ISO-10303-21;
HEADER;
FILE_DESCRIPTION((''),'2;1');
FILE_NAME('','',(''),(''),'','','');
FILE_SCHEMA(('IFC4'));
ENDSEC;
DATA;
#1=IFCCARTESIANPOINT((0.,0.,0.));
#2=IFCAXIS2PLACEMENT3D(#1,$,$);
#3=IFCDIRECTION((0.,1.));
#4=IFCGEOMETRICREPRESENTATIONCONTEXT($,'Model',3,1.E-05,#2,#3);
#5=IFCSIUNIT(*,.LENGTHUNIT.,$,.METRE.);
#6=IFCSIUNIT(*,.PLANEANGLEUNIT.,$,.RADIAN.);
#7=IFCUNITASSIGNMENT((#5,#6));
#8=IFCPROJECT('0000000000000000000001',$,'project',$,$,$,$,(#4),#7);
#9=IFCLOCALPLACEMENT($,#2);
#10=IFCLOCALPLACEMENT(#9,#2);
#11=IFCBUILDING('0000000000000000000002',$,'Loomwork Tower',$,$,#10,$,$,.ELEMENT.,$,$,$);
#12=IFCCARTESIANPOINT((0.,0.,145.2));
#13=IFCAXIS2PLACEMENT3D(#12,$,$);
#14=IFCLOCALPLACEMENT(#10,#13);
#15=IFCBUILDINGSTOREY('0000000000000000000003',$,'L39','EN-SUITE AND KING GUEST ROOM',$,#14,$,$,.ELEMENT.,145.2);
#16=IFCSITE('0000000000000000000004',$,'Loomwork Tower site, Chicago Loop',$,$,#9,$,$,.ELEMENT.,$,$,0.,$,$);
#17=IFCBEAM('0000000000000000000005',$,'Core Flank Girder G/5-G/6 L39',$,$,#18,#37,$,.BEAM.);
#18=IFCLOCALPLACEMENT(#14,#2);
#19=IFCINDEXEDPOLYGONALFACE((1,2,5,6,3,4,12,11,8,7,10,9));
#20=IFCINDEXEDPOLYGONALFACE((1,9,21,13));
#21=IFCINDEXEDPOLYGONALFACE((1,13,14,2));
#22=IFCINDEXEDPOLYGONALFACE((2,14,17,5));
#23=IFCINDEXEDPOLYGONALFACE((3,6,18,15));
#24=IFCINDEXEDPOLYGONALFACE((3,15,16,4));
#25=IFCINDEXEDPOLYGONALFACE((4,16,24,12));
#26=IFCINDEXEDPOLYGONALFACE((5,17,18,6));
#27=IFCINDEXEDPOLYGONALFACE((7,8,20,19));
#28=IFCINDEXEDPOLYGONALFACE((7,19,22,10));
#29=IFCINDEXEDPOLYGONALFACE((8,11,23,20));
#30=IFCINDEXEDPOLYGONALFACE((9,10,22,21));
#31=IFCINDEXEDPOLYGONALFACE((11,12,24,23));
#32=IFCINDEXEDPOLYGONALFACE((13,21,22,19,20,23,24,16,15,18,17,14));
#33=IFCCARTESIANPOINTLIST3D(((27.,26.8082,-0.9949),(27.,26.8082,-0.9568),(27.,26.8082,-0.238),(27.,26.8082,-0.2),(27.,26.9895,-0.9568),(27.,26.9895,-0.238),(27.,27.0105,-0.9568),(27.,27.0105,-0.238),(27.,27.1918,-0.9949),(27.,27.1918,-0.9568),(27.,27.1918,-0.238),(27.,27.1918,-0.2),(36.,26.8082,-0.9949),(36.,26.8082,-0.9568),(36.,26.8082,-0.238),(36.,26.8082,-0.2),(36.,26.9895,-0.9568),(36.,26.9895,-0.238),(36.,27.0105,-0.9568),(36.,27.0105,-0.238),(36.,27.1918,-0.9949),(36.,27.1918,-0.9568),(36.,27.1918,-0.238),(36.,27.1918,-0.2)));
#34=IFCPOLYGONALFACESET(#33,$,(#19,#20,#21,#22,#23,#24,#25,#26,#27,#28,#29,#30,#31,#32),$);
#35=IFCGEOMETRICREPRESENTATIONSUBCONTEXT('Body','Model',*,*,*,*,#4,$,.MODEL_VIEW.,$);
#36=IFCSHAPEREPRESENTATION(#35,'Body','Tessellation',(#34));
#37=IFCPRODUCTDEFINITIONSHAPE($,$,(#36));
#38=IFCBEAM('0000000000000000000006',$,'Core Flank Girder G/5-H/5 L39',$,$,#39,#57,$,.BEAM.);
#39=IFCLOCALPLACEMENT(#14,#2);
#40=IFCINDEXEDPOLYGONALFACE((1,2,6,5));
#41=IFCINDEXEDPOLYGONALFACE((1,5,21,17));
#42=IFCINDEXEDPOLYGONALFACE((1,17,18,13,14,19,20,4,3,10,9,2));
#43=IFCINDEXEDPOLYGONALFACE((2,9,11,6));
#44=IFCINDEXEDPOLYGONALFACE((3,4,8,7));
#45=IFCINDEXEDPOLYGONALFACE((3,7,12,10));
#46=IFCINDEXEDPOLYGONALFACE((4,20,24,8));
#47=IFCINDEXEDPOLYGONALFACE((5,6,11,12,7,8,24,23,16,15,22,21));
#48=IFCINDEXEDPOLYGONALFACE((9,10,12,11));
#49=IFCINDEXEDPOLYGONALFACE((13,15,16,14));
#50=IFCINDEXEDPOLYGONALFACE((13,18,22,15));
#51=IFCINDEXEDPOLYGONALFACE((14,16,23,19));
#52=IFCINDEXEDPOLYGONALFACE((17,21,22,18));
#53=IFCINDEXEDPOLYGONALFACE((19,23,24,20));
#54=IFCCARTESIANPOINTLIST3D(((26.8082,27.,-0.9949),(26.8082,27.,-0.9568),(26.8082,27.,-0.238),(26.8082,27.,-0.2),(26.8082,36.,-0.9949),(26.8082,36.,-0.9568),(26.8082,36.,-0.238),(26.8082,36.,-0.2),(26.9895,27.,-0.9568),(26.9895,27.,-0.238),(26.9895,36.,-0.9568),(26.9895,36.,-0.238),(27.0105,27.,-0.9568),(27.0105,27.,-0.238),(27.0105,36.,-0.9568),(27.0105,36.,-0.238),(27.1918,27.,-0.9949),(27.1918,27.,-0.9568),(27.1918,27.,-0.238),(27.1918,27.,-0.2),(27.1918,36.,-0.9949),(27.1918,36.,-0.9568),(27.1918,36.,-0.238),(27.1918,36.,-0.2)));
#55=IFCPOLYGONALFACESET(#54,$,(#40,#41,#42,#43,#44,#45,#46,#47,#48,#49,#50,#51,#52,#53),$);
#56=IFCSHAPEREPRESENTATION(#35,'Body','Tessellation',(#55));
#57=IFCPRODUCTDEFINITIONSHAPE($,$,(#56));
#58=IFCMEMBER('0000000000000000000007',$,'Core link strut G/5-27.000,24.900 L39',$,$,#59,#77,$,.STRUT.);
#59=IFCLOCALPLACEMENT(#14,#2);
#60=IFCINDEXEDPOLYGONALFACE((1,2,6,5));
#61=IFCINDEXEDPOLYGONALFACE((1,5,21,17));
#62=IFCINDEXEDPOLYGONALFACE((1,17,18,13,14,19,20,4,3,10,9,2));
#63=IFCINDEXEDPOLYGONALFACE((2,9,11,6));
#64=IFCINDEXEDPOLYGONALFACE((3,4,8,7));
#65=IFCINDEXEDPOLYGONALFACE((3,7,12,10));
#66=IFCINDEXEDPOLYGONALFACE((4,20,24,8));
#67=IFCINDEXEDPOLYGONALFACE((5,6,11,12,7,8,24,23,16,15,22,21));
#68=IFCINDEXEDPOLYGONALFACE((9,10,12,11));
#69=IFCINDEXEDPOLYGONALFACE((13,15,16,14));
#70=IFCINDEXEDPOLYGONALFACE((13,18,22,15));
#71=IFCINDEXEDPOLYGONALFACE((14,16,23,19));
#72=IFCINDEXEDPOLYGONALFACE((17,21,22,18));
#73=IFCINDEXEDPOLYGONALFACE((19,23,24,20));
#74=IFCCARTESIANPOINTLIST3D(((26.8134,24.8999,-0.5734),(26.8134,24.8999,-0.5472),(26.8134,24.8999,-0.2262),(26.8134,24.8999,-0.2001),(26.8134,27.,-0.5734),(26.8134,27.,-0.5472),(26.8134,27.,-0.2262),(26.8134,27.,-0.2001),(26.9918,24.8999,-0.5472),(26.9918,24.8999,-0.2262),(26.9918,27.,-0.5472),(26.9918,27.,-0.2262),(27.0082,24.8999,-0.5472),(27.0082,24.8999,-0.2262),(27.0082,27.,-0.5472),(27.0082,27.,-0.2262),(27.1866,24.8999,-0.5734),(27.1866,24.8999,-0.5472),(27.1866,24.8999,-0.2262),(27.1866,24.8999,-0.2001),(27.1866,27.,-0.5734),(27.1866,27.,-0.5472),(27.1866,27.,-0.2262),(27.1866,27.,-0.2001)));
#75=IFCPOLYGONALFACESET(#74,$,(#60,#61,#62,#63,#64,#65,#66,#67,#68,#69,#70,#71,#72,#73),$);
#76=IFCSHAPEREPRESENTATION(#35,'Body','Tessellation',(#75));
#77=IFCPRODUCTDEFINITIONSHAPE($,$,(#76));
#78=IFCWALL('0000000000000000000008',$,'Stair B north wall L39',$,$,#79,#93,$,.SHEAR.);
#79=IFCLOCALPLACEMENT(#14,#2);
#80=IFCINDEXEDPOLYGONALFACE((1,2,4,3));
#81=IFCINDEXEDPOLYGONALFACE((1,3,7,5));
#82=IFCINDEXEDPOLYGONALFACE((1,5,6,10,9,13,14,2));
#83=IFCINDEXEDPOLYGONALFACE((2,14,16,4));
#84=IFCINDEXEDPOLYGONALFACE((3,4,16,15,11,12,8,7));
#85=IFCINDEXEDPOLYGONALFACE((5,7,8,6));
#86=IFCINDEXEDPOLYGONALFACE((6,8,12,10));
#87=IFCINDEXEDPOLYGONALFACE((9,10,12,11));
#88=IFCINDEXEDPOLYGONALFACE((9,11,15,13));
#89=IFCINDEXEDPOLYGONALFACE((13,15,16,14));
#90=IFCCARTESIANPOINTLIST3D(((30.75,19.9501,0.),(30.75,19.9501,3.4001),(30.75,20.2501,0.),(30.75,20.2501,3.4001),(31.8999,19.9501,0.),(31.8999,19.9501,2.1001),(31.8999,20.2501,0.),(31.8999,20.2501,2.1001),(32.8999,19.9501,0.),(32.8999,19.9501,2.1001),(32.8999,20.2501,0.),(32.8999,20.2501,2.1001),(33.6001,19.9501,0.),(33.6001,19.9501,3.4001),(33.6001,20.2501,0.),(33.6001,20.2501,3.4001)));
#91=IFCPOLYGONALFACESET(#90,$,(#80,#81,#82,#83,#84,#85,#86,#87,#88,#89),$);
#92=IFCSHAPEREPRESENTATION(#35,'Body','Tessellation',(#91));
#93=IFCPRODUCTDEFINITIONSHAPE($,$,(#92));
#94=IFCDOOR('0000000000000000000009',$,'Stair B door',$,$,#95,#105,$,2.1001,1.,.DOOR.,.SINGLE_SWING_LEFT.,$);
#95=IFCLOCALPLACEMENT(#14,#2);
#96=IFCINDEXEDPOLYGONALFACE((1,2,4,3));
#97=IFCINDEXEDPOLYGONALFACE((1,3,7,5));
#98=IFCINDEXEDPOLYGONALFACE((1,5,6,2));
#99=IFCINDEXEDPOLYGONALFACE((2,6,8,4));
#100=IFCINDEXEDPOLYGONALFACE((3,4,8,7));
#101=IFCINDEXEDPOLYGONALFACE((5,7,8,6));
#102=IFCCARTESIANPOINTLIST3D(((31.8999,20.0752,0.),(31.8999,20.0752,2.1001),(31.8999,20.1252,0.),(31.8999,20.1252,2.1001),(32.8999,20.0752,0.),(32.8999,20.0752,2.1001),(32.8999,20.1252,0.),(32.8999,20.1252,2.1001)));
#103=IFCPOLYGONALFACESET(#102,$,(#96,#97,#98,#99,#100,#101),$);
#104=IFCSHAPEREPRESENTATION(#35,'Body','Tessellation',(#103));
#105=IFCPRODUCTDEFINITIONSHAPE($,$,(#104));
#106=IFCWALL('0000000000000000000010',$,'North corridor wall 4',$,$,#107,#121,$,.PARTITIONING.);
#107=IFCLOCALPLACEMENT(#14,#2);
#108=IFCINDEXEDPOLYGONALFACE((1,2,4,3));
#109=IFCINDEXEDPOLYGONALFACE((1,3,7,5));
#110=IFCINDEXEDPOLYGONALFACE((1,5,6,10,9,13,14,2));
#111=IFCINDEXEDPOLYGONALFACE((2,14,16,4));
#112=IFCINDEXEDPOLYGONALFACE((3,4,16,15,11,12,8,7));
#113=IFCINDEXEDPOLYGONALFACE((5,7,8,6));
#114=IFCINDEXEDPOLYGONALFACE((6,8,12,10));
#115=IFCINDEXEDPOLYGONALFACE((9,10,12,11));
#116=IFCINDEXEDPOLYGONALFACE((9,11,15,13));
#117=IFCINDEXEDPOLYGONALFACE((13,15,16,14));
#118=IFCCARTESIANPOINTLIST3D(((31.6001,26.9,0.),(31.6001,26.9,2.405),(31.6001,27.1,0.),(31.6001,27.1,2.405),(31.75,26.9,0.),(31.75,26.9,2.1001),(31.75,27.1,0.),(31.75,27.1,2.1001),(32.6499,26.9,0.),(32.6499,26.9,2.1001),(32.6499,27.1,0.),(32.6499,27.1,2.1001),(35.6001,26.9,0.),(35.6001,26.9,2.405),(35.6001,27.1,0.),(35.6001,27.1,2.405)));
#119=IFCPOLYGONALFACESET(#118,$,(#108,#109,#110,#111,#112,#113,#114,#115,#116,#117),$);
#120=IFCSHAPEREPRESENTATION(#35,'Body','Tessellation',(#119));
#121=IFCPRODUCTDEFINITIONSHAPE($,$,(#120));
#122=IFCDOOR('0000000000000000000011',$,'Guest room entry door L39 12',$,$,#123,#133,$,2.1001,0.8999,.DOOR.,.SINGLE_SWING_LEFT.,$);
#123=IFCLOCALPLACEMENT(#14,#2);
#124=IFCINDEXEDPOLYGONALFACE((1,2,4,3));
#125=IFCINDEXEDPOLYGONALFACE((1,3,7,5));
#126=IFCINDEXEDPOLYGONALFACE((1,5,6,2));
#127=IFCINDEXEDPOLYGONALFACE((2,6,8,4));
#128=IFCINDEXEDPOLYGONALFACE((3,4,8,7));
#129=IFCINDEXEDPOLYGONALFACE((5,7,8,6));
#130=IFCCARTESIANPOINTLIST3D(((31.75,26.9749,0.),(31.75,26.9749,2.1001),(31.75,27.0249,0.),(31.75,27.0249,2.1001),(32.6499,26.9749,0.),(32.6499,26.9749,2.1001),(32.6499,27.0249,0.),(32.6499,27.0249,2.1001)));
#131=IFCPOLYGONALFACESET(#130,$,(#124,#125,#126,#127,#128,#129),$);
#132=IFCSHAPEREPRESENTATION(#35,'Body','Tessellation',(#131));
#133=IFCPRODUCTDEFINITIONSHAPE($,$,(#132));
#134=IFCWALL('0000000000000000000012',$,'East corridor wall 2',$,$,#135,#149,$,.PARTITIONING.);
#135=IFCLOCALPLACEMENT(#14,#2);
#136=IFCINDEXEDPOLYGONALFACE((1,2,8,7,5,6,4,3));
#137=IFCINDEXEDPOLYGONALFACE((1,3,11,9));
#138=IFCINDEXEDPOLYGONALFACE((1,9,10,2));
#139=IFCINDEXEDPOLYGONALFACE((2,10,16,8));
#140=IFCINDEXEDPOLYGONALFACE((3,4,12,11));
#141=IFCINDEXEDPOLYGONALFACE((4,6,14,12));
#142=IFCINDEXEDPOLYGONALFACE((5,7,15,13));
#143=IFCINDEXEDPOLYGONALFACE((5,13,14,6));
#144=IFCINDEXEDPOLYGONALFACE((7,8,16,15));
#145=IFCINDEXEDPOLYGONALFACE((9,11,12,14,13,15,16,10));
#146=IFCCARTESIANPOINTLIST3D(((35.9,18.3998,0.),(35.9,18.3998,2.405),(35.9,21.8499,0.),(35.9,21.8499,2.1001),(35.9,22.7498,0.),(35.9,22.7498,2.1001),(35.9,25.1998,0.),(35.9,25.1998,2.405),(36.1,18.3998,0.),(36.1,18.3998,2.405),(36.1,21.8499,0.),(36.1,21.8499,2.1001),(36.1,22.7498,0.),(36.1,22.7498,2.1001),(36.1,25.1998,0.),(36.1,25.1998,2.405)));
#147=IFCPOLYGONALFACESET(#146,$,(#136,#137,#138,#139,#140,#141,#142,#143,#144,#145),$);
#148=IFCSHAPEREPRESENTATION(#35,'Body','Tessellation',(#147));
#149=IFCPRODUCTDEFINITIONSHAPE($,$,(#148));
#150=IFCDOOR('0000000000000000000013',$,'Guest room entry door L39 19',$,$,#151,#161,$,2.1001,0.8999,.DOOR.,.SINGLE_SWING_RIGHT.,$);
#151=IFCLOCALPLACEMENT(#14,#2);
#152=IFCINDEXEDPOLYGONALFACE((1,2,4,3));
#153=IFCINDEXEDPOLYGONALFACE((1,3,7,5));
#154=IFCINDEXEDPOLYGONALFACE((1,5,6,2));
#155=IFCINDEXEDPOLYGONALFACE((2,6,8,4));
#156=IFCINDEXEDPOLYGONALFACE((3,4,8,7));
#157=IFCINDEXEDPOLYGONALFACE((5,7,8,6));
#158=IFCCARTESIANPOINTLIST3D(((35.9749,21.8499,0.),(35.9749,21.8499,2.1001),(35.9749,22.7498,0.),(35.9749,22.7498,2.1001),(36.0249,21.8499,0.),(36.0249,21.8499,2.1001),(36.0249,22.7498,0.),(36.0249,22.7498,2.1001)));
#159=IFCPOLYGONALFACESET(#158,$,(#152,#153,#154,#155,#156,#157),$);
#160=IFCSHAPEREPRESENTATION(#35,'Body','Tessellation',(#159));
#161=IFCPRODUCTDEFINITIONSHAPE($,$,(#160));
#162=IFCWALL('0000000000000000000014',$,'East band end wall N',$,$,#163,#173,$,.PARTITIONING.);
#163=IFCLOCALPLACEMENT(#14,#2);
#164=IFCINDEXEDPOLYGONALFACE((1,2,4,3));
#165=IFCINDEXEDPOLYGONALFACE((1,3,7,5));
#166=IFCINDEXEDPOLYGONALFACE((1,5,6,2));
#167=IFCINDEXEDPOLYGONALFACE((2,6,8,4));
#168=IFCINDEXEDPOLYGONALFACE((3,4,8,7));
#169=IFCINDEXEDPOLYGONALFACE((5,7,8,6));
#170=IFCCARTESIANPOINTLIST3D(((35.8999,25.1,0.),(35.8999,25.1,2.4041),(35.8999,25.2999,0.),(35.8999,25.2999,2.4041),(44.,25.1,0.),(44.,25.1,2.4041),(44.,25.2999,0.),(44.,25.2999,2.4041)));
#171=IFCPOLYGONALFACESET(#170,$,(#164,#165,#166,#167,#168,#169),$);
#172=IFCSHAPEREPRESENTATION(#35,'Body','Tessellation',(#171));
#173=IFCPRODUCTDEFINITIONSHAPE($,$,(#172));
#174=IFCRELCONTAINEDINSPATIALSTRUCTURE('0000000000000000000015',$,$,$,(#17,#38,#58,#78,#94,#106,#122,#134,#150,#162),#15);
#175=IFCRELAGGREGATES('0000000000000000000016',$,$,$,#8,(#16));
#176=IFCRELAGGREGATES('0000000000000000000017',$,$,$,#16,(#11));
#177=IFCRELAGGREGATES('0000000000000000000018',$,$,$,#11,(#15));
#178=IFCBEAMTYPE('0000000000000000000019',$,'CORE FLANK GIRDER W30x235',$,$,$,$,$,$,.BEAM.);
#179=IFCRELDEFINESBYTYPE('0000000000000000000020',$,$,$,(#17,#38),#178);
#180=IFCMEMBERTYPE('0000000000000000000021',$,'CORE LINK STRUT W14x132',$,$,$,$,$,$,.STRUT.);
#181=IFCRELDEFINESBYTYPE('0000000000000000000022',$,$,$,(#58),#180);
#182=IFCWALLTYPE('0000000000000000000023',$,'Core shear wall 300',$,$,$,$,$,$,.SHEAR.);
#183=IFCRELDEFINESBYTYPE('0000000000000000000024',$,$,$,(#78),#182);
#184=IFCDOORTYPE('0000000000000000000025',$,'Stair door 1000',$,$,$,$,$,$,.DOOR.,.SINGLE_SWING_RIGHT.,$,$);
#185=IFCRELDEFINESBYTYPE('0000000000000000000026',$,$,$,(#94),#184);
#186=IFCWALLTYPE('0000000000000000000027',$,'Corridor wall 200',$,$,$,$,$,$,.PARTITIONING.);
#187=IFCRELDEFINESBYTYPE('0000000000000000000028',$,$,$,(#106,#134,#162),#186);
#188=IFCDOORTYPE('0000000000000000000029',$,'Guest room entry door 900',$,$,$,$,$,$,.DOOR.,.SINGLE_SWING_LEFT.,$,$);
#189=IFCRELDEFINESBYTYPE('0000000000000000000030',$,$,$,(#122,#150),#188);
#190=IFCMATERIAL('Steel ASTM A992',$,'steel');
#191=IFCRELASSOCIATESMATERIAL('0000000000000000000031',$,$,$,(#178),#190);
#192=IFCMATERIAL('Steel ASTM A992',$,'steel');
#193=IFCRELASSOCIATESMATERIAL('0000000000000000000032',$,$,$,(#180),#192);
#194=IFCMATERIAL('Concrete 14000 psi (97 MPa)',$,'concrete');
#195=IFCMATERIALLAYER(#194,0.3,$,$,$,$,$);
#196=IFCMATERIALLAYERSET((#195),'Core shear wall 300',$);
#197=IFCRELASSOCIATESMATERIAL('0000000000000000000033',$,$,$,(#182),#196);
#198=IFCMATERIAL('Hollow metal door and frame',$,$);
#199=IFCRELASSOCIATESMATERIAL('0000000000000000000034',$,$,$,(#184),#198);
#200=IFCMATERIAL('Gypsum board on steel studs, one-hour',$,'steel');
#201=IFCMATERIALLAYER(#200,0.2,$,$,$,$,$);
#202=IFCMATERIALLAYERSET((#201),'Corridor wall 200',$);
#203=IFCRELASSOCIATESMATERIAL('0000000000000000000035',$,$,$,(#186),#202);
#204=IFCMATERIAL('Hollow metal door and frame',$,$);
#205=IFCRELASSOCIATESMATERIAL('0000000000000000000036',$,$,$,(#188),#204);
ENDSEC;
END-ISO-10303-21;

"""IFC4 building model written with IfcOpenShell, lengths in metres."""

from ifc_helpers import new_model, si_unit, direction, frame, frame_2d, origin, origin_2d, place, context, subcontext, project, spatial, rectangle, i_section, extrude, material, layer, layer_set, material_profile, profile_set, type_object, element, fill, save


model = new_model("IFC4")

# Units and contexts
model_context = context("Model", 3, precision=1e-05, world=origin(), true_north=direction((0.0, 1.0)))
body_context = subcontext(model_context, "Body", "Model", "MODEL_VIEW")
ifc_project = project(units=[si_unit("LENGTHUNIT", "METRE"), si_unit("PLANEANGLEUNIT", "RADIAN")], contexts=[model_context])

# Site, building, storey
site_placement = place(None, origin())
site = spatial("IfcSite", under=ifc_project, at=site_placement, Name="Loomwork Tower site, Chicago Loop", CompositionType="ELEMENT", RefElevation=0.0)
building_placement = place(site_placement, origin())
building = spatial("IfcBuilding", under=site, at=building_placement, Name="Loomwork Tower", CompositionType="ELEMENT")
storey_placement = place(building_placement, frame((0.0, 0.0, 145.2)))
storey = spatial("IfcBuildingStorey", under=building, at=storey_placement, Name="L39", Description="EN-SUITE AND KING GUEST ROOM", CompositionType="ELEMENT", Elevation=145.2)

# Beams
ifc_material_1 = material(Name="Steel ASTM A992", Category="steel")
ifc_material_profile_1 = material_profile(ifc_material_1, i_section(OverallWidth=0.3835, OverallDepth=0.7949, WebThickness=0.021, FlangeThickness=0.0381, at=origin_2d()), Name="W30x235")
ifc_profile_set_1 = profile_set([ifc_material_profile_1], Name="Steel ASTM A992")
beam_type = type_object("IfcBeamType", Name="CORE FLANK GIRDER W30x235", PredefinedType="BEAM", material=ifc_profile_set_1)
for number, where, z_axis, x_axis, name in (
    (1, (27.0, 27.0, -0.5974), (1.0, 0.0, 0.0), (0.0, 1.0, 0.0), "Core Flank Girder G/5-G/6 L39"),
    (2, (27.0, 27.0, -0.5974), (0.0, 1.0, 0.0), (-1.0, 0.0, 0.0), "Core Flank Girder G/5-H/5 L39"),
):
    element("IfcBeam", number, at=place(storey_placement, frame(where, z_axis=z_axis, x_axis=x_axis)), inside=storey, type_object=beam_type, Name=name, PredefinedType="BEAM", context=body_context, shape_type="SweptSolid", body=[
        extrude(i_section(OverallWidth=0.3835, OverallDepth=0.7949, WebThickness=0.021, FlangeThickness=0.0381, at=origin_2d()), origin(), (0.0, 0.0, 1.0), 9.0),
    ])

# Member
ifc_material_2 = material(Name="Steel ASTM A992", Category="steel")
ifc_material_profile_2 = material_profile(ifc_material_2, i_section(OverallWidth=0.3733, OverallDepth=0.3733, WebThickness=0.0164, FlangeThickness=0.0261, at=origin_2d()), Name="W14x132")
ifc_profile_set_2 = profile_set([ifc_material_profile_2], Name="Steel ASTM A992")
member_type = type_object("IfcMemberType", Name="CORE LINK STRUT W14x132", PredefinedType="STRUT", material=ifc_profile_set_2)
member_placement = place(storey_placement, frame((27.0, 27.0, -0.3867), z_axis=(0.0, -1.0, 0.0), x_axis=(1.0, 0.0, 0.0)))
element("IfcMember", 3, at=member_placement, inside=storey, type_object=member_type, Name="Core link strut G/5-27.000,24.900 L39", PredefinedType="STRUT", context=body_context, shape_type="SweptSolid", body=[
    extrude(i_section(OverallWidth=0.3733, OverallDepth=0.3733, WebThickness=0.0164, FlangeThickness=0.0261, at=origin_2d()), origin(), (0.0, 0.0, 1.0), 2.1001),
])

# Walls, openings, doors
ifc_material_3 = material(Name="Concrete 14000 psi (97 MPa)", Category="concrete")
ifc_layer_1 = layer(ifc_material_3, 0.3)
ifc_layer_set_1 = layer_set([ifc_layer_1], Name="Core shear wall 300")
wall_type_1 = type_object("IfcWallType", Name="Core shear wall 300", PredefinedType="SHEAR", material=ifc_layer_set_1)
wall_1_placement = place(storey_placement, frame((30.75, 20.1001, 0.0), z_axis=(0.0, 0.0, 1.0), x_axis=(1.0, 0.0, 0.0)))
wall_1 = element("IfcWall", 4, at=wall_1_placement, inside=storey, type_object=wall_type_1, Name="Stair B north wall L39", PredefinedType="SHEAR", context=body_context, shape_type="SweptSolid", body=[
    extrude(rectangle(XDim=2.8501, YDim=0.3, at=frame_2d((1.425, 0.0))), origin(), (0.0, 0.0, 1.0), 3.4001),
])
opening_1_placement = place(wall_1_placement, frame((1.1499, 0.0, 0.0)))
opening_1 = element("IfcOpeningElement", 5, at=opening_1_placement, cuts=wall_1, PredefinedType="OPENING", context=body_context, shape_type="SweptSolid", body=[
    extrude(rectangle(XDim=1.0, YDim=2.1001, at=frame_2d((0.5, 1.05))), frame((0.0, 0.1599, 0.0), z_axis=(0.0, -1.0, 0.0), x_axis=(1.0, 0.0, 0.0)), (0.0, 0.0, 1.0), 0.3201),
])
ifc_material_4 = material(Name="Hollow metal door and frame")
door_type_1 = type_object("IfcDoorType", Name="Stair door 1000", OperationType="SINGLE_SWING_RIGHT", PredefinedType="DOOR", material=ifc_material_4)
door_1_placement = place(opening_1_placement, frame((1.0, 0.0, 0.0), z_axis=(0.0, 0.0, 1.0), x_axis=(-1.0, 0.0, 0.0)))
door_1 = element("IfcDoor", 6, at=door_1_placement, inside=storey, type_object=door_type_1, Name="Stair B door", OperationType="SINGLE_SWING_LEFT", OverallHeight=2.1001, OverallWidth=1.0, PredefinedType="DOOR", context=body_context, shape_type="SweptSolid", body=[
    extrude(rectangle(XDim=1.0, YDim=2.1001, at=frame_2d((0.5, 1.05))), frame((0.0, 0.0249, 0.0), z_axis=(0.0, -1.0, 0.0), x_axis=(1.0, 0.0, 0.0)), (0.0, 0.0, 1.0), 0.05),
])
fill(opening_1, door_1)
ifc_material_5 = material(Name="Gypsum board on steel studs, one-hour", Category="steel")
ifc_layer_2 = layer(ifc_material_5, 0.2)
ifc_layer_set_2 = layer_set([ifc_layer_2], Name="Corridor wall 200")
wall_type_2 = type_object("IfcWallType", Name="Corridor wall 200", PredefinedType="PARTITIONING", material=ifc_layer_set_2)
wall_2_placement = place(storey_placement, frame((31.6001, 27.0, 0.0), z_axis=(0.0, 0.0, 1.0), x_axis=(1.0, 0.0, 0.0)))
wall_2 = element("IfcWall", 7, at=wall_2_placement, inside=storey, type_object=wall_type_2, Name="North corridor wall 4", PredefinedType="PARTITIONING", context=body_context, shape_type="SweptSolid", body=[
    extrude(rectangle(XDim=4.0, YDim=0.2, at=frame_2d((2.0, 0.0))), origin(), (0.0, 0.0, 1.0), 2.405),
])
opening_2_placement = place(wall_2_placement, frame((0.1499, 0.0, 0.0)))
opening_2 = element("IfcOpeningElement", 8, at=opening_2_placement, cuts=wall_2, PredefinedType="OPENING", context=body_context, shape_type="SweptSolid", body=[
    extrude(rectangle(XDim=0.8999, YDim=2.1001, at=frame_2d((0.45, 1.05))), frame((0.0, 0.1099, 0.0), z_axis=(0.0, -1.0, 0.0), x_axis=(1.0, 0.0, 0.0)), (0.0, 0.0, 1.0), 0.22),
])
ifc_material_6 = material(Name="Hollow metal door and frame")
door_type_2 = type_object("IfcDoorType", Name="Guest room entry door 900", OperationType="SINGLE_SWING_LEFT", PredefinedType="DOOR", material=ifc_material_6)
door_2_placement = place(opening_2_placement, origin())
door_2 = element("IfcDoor", 9, at=door_2_placement, inside=storey, type_object=door_type_2, Name="Guest room entry door L39 12", OperationType="SINGLE_SWING_LEFT", OverallHeight=2.1001, OverallWidth=0.8999, PredefinedType="DOOR", context=body_context, shape_type="SweptSolid", body=[
    extrude(rectangle(XDim=0.8999, YDim=2.1001, at=frame_2d((0.45, 1.05))), frame((0.0, 0.0249, 0.0), z_axis=(0.0, -1.0, 0.0), x_axis=(1.0, 0.0, 0.0)), (0.0, 0.0, 1.0), 0.05),
])
fill(opening_2, door_2)
wall_3_placement = place(storey_placement, frame((36.0, 18.3999, 0.0), z_axis=(0.0, 0.0, 1.0), x_axis=(0.0, 1.0, 0.0)))
wall_3 = element("IfcWall", 10, at=wall_3_placement, inside=storey, type_object=wall_type_2, Name="East corridor wall 2", PredefinedType="PARTITIONING", context=body_context, shape_type="SweptSolid", body=[
    extrude(rectangle(XDim=6.8, YDim=0.2, at=frame_2d((3.3999, 0.0))), origin(), (0.0, 0.0, 1.0), 2.405),
])
opening_3_placement = place(wall_3_placement, frame((3.45, 0.0, 0.0)))
opening_3 = element("IfcOpeningElement", 11, at=opening_3_placement, cuts=wall_3, PredefinedType="OPENING", context=body_context, shape_type="SweptSolid", body=[
    extrude(rectangle(XDim=0.8999, YDim=2.1001, at=frame_2d((0.45, 1.05))), frame((0.0, 0.1099, 0.0), z_axis=(0.0, -1.0, 0.0), x_axis=(1.0, 0.0, 0.0)), (0.0, 0.0, 1.0), 0.22),
])
door_3_placement = place(opening_3_placement, frame((0.8999, 0.0, 0.0), z_axis=(0.0, 0.0, 1.0), x_axis=(-1.0, 0.0, 0.0)))
door_3 = element("IfcDoor", 12, at=door_3_placement, inside=storey, type_object=door_type_2, Name="Guest room entry door L39 19", OperationType="SINGLE_SWING_RIGHT", OverallHeight=2.1001, OverallWidth=0.8999, PredefinedType="DOOR", context=body_context, shape_type="SweptSolid", body=[
    extrude(rectangle(XDim=0.8999, YDim=2.1001, at=frame_2d((0.45, 1.05))), frame((0.0, 0.0249, 0.0), z_axis=(0.0, -1.0, 0.0), x_axis=(1.0, 0.0, 0.0)), (0.0, 0.0, 1.0), 0.05),
])
fill(opening_3, door_3)

# Wall
wall_4_placement = place(storey_placement, frame((35.8999, 25.2, 0.0), z_axis=(0.0, 0.0, 1.0), x_axis=(1.0, 0.0, 0.0)))
element("IfcWall", 13, at=wall_4_placement, inside=storey, type_object=wall_type_2, Name="East band end wall N", PredefinedType="PARTITIONING", context=body_context, shape_type="SweptSolid", body=[
    extrude(rectangle(XDim=8.1001, YDim=0.2, at=frame_2d((4.05, 0.0))), origin(), (0.0, 0.0, 1.0), 2.4041),
])

save(model, "model.ifc")
